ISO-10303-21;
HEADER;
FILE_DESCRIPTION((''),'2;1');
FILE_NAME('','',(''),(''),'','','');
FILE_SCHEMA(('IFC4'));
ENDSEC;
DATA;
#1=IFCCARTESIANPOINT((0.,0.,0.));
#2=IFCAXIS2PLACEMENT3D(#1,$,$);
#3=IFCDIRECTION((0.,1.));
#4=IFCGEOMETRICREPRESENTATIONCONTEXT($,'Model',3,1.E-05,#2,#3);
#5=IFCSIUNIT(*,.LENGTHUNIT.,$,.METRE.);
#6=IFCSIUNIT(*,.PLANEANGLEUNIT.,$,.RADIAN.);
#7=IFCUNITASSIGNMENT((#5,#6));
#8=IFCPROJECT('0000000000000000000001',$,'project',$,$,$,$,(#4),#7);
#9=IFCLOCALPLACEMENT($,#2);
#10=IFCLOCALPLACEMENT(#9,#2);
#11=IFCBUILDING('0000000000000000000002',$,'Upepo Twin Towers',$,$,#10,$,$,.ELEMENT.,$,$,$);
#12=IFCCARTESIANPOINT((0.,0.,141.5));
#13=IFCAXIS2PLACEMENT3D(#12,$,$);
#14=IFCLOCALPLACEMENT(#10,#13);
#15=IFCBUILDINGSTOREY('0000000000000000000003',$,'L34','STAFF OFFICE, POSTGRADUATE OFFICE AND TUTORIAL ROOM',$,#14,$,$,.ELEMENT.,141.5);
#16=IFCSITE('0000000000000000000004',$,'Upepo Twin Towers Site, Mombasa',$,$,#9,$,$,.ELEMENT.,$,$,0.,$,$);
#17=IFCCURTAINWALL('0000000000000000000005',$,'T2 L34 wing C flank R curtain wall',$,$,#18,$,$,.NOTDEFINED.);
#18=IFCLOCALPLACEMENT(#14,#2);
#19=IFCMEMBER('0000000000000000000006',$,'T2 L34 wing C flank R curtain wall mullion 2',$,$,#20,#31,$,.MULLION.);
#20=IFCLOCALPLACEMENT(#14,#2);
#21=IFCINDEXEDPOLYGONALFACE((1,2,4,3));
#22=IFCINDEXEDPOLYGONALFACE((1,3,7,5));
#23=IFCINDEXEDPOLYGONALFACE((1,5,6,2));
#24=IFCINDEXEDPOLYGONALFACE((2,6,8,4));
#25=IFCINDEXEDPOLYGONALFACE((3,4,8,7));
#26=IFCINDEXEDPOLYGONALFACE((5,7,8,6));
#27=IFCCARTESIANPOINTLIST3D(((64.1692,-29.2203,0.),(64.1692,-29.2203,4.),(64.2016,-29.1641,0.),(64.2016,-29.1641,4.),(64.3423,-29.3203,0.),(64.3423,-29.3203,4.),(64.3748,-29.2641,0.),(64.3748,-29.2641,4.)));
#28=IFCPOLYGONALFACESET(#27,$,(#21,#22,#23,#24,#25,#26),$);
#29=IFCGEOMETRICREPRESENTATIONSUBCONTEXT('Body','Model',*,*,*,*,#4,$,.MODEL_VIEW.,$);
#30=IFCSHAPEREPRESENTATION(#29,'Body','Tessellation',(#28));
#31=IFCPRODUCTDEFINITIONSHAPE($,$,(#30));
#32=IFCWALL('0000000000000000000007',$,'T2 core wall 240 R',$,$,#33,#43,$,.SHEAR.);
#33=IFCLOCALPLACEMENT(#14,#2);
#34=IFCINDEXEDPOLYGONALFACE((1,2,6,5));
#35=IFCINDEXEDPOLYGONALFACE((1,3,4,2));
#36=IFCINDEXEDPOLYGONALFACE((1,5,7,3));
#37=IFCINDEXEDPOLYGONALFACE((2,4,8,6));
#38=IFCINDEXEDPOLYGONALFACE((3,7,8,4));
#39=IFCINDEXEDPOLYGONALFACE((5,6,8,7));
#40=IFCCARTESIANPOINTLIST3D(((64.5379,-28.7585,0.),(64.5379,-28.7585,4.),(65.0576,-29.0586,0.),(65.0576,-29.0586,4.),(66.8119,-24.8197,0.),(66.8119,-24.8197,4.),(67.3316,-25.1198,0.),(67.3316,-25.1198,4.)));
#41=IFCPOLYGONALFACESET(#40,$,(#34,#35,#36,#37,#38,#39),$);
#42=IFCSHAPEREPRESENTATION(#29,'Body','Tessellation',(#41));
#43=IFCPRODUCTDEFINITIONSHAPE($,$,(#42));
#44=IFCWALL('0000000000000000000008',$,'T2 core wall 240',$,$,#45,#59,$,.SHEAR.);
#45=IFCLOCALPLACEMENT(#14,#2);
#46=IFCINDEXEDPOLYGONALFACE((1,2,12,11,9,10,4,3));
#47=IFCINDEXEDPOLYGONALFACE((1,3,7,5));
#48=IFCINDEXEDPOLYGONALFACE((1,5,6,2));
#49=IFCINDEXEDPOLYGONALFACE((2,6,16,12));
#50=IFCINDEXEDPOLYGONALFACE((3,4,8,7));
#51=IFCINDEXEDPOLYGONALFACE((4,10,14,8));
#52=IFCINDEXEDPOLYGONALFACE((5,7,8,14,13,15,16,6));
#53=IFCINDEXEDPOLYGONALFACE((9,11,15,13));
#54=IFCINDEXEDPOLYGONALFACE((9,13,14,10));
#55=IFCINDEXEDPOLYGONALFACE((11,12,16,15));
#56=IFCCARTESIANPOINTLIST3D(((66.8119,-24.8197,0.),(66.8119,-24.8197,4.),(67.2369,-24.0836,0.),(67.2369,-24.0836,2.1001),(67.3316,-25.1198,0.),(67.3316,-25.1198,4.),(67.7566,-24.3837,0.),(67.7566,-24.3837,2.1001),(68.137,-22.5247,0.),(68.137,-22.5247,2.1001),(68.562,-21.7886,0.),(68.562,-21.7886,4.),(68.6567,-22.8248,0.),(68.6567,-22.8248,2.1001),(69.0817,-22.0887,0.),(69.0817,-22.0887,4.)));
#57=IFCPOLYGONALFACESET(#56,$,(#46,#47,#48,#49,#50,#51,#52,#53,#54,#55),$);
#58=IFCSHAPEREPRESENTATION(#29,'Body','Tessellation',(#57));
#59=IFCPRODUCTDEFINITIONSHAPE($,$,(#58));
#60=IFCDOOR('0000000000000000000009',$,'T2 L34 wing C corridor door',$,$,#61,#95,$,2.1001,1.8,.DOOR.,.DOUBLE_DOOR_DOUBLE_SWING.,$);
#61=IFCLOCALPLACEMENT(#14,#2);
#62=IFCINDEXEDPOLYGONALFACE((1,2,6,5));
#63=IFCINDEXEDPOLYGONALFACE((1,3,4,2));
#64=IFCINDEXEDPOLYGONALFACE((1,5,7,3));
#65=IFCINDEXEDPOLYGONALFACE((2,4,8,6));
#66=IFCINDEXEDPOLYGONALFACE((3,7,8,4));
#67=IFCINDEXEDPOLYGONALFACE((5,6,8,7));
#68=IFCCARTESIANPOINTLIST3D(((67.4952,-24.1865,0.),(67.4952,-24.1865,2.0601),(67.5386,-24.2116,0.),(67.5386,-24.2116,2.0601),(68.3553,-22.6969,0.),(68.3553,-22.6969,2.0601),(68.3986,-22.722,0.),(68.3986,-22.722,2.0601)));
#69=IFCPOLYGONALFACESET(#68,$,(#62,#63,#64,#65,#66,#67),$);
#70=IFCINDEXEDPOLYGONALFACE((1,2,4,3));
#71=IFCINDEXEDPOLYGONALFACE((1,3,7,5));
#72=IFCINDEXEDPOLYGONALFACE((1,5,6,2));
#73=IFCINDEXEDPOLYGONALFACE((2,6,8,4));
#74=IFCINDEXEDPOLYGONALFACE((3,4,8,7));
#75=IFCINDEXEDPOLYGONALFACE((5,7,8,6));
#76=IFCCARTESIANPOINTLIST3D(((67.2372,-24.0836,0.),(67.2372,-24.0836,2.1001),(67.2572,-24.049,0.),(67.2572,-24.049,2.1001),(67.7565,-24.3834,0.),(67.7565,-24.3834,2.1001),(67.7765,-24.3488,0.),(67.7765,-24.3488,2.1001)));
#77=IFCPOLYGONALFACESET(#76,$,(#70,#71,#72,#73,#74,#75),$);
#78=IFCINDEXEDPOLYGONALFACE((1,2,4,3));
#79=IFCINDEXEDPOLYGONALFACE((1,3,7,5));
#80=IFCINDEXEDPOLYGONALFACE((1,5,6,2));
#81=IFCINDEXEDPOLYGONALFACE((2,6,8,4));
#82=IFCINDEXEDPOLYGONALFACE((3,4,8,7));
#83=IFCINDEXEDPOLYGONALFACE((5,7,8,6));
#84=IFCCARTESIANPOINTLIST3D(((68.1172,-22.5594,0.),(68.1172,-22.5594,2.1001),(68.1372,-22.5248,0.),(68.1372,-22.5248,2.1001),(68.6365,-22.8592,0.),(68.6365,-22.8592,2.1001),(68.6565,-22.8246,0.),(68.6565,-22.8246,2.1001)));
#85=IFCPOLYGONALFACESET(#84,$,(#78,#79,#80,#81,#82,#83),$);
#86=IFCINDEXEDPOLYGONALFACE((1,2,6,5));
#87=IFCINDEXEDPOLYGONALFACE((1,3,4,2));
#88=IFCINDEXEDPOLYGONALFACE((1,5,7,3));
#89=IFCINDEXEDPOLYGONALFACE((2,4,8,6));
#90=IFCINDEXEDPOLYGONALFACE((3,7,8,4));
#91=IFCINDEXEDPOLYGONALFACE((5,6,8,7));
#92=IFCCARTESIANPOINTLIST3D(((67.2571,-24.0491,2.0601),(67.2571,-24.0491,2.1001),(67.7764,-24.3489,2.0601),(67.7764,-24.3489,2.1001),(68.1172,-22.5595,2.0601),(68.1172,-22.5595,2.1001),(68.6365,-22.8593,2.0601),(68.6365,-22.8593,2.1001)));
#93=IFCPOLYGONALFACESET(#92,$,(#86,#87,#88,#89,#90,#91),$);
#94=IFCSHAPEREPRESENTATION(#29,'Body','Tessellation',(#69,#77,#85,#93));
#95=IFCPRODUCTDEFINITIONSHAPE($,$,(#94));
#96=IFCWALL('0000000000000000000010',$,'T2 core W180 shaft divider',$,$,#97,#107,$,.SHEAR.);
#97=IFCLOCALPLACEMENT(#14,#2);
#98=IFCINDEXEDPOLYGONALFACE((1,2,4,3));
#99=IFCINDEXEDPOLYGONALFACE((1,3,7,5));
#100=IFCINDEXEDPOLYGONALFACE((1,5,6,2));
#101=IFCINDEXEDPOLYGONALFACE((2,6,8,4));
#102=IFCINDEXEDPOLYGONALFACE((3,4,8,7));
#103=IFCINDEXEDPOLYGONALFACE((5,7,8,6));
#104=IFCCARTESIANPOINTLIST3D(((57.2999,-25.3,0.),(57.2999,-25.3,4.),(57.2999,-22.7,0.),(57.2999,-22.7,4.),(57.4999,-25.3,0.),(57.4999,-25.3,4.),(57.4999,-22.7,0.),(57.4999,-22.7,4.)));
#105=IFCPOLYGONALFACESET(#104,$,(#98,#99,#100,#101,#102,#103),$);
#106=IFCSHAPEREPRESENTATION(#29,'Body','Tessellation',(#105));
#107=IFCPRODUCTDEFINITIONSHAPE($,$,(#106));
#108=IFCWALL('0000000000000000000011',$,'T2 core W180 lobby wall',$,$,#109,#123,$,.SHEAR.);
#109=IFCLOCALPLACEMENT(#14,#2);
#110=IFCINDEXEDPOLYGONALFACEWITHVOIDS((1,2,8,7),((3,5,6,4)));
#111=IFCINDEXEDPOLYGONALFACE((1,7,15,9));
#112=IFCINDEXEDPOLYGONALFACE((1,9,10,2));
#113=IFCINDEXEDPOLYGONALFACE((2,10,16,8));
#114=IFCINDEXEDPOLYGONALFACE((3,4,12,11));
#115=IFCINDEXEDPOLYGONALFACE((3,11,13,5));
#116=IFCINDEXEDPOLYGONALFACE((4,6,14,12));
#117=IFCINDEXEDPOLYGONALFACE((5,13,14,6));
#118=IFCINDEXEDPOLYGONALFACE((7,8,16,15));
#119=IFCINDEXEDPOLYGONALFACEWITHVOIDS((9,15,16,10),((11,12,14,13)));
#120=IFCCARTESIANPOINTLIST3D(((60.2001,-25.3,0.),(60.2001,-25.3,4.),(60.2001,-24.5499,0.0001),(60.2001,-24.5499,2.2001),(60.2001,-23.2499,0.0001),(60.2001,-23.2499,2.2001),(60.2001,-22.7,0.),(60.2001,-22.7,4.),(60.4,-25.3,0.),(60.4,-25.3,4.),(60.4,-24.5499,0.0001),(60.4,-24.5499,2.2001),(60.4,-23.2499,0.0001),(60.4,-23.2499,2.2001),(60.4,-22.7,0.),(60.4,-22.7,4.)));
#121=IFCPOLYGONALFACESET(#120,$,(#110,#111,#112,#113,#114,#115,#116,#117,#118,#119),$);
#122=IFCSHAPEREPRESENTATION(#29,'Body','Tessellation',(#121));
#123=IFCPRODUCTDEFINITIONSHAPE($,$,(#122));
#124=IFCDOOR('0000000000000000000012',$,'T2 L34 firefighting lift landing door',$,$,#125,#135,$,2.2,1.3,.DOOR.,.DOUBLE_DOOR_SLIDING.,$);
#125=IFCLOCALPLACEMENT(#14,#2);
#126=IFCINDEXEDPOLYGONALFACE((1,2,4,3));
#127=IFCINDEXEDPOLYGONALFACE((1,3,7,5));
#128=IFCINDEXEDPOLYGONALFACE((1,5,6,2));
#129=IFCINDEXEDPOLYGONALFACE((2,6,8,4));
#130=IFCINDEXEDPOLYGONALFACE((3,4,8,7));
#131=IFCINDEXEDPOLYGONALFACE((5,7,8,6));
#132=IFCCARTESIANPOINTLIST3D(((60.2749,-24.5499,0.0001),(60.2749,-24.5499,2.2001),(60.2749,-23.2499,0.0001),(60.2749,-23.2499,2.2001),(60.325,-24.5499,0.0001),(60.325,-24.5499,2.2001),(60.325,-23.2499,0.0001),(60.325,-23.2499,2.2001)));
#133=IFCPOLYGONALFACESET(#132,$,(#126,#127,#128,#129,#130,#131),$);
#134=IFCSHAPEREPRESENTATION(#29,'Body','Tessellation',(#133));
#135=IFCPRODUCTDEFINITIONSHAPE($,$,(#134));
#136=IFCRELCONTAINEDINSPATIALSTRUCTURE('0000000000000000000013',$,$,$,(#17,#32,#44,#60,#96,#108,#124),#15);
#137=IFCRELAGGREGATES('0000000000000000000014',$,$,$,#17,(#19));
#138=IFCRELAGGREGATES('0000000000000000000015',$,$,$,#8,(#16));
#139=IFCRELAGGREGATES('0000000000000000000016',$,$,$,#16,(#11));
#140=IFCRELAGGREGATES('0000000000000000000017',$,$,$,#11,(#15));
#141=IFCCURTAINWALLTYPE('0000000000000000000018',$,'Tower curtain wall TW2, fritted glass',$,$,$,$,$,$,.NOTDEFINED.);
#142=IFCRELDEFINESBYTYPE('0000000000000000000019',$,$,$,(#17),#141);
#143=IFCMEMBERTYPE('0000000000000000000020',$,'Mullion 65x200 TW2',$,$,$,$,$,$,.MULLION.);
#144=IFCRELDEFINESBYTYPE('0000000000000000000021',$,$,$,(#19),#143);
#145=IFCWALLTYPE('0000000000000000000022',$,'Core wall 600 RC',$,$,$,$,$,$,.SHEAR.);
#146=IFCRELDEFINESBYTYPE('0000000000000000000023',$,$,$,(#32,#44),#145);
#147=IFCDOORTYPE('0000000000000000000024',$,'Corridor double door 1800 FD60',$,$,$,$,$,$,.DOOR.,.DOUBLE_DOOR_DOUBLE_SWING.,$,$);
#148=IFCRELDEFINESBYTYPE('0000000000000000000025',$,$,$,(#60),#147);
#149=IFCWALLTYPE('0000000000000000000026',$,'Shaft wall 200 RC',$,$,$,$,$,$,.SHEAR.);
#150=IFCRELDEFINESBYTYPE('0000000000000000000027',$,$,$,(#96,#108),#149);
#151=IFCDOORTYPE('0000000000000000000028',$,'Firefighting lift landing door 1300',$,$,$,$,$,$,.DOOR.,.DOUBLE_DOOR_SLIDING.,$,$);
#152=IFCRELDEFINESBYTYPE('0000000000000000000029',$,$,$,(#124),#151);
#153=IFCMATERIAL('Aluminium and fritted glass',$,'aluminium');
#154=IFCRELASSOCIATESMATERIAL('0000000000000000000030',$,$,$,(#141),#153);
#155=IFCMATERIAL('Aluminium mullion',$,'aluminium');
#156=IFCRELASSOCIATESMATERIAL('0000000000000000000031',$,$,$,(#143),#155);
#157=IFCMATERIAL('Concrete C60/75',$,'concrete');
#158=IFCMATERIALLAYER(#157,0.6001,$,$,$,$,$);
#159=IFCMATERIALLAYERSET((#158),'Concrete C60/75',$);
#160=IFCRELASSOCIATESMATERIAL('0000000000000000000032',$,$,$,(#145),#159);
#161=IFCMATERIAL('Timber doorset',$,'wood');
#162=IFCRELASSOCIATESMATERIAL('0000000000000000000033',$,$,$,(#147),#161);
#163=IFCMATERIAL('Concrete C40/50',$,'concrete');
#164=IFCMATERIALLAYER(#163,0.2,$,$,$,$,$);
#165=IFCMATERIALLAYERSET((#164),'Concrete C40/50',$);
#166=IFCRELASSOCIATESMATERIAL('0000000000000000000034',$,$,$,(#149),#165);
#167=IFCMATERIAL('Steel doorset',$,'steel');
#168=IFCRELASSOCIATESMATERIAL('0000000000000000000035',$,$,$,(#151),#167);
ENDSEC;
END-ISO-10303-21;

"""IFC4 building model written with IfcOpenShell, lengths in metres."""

from ifc_helpers import new_model, si_unit, direction, frame, frame_2d, origin, origin_2d, place, context, subcontext, project, spatial, rectangle, extrude, material, layer, layer_set, material_profile, profile_set, type_object, element, fill, aggregate, save


model = new_model("IFC4")

# Units and contexts
model_context = context("Model", 3, precision=1e-05, world=origin(), true_north=direction((0.0, 1.0)))
body_context = subcontext(model_context, "Body", "Model", "MODEL_VIEW")
ifc_project = project(units=[si_unit("LENGTHUNIT", "METRE"), si_unit("PLANEANGLEUNIT", "RADIAN")], contexts=[model_context])

# Site, building, storey
site_placement = place(None, origin())
site = spatial("IfcSite", under=ifc_project, at=site_placement, Name="Upepo Twin Towers Site, Mombasa", CompositionType="ELEMENT", RefElevation=0.0)
building_placement = place(site_placement, origin())
building = spatial("IfcBuilding", under=site, at=building_placement, Name="Upepo Twin Towers", CompositionType="ELEMENT")
storey_placement = place(building_placement, frame((0.0, 0.0, 141.5)))
storey = spatial("IfcBuildingStorey", under=building, at=storey_placement, Name="L34", Description="STAFF OFFICE, POSTGRADUATE OFFICE AND TUTORIAL ROOM", CompositionType="ELEMENT", Elevation=141.5)

# Curtain wall, member
ifc_material_1 = material(Name="Aluminium and fritted glass", Category="aluminium")
curtain_wall_type = type_object("IfcCurtainWallType", Name="Tower curtain wall TW2, fritted glass", PredefinedType="NOTDEFINED", material=ifc_material_1)
curtain_wall_placement = place(storey_placement, origin())
curtain_wall = element("IfcCurtainWall", 1, at=curtain_wall_placement, inside=storey, type_object=curtain_wall_type, Name="T2 L34 wing C flank R curtain wall", PredefinedType="NOTDEFINED")
ifc_material_2 = material(Name="Aluminium mullion", Category="aluminium")
ifc_material_profile = material_profile(ifc_material_2, rectangle(XDim=0.0649, YDim=0.2, at=origin_2d()), Name="MULLION 65x200")
ifc_profile_set = profile_set([ifc_material_profile], Name="Aluminium mullion")
member_type = type_object("IfcMemberType", Name="Mullion 65x200 TW2", PredefinedType="MULLION", material=ifc_profile_set)
member_placement = place(storey_placement, frame((64.272, -29.2422, 0.0), z_axis=(0.0, 0.0, 1.0), x_axis=(-0.5, -0.866025, 0.0)))
member = element("IfcMember", 2, at=member_placement, type_object=member_type, Name="T2 L34 wing C flank R curtain wall mullion 2", PredefinedType="MULLION", context=body_context, shape_type="SweptSolid", body=[
    extrude(rectangle(XDim=0.0649, YDim=0.2, at=origin_2d()), origin(), (0.0, 0.0, 1.0), 4.0),
])
aggregate(curtain_wall, [member])

# Wall
ifc_material_3 = material(Name="Concrete C60/75", Category="concrete")
ifc_layer_1 = layer(ifc_material_3, 0.6001)
ifc_layer_set_1 = layer_set([ifc_layer_1], Name="Concrete C60/75")
wall_type_1 = type_object("IfcWallType", Name="Core wall 600 RC", PredefinedType="SHEAR", material=ifc_layer_set_1)
wall_1_placement = place(storey_placement, frame((64.7979, -28.9084, 0.0), z_axis=(0.0, 0.0, 1.0), x_axis=(0.499984, 0.866035, 0.0)))
element("IfcWall", 3, at=wall_1_placement, inside=storey, type_object=wall_type_1, Name="T2 core wall 240 R", PredefinedType="SHEAR", context=body_context, shape_type="SweptSolid", body=[
    extrude(rectangle(XDim=4.5481, YDim=0.6001, at=frame_2d((2.2739, 0.0))), origin(), (0.0, 0.0, 1.0), 4.0),
])

# Wall, opening, door
wall_2_placement = place(storey_placement, frame((67.0718, -24.9697, 0.0), z_axis=(0.0, 0.0, 1.0), x_axis=(0.50001, 0.866019, 0.0)))
wall_2 = element("IfcWall", 4, at=wall_2_placement, inside=storey, type_object=wall_type_1, Name="T2 core wall 240", PredefinedType="SHEAR", context=body_context, shape_type="SweptSolid", body=[
    extrude(rectangle(XDim=3.5, YDim=0.6001, at=frame_2d((1.75, 0.0))), origin(), (0.0, 0.0, 1.0), 4.0),
])
opening_1_placement = place(wall_2_placement, frame((0.8501, 0.0, 0.0)))
opening_1 = element("IfcOpeningElement", 5, at=opening_1_placement, cuts=wall_2, PredefinedType="OPENING", context=body_context, shape_type="SweptSolid", body=[
    extrude(rectangle(XDim=1.8, YDim=2.1001, at=frame_2d((0.8999, 1.05))), frame((0.0, 0.3101, 0.0), z_axis=(0.0, -1.0, 0.0), x_axis=(1.0, 0.0, 0.0)), (0.0, 0.0, 1.0), 0.6201),
])
ifc_material_4 = material(Name="Timber doorset", Category="wood")
door_type_1 = type_object("IfcDoorType", Name="Corridor double door 1800 FD60", OperationType="DOUBLE_DOOR_DOUBLE_SWING", PredefinedType="DOOR", material=ifc_material_4)
door_1_placement = place(opening_1_placement, origin())
door_1 = element("IfcDoor", 6, at=door_1_placement, inside=storey, type_object=door_type_1, Name="T2 L34 wing C corridor door", OperationType="DOUBLE_DOOR_DOUBLE_SWING", OverallHeight=2.1001, OverallWidth=1.8, PredefinedType="DOOR", context=body_context, shape_type="SweptSolid", body=[
    extrude(rectangle(XDim=1.72, YDim=2.0601, at=frame_2d((0.8999, 1.03))), frame((0.0, 0.0249, 0.0), z_axis=(0.0, -1.0, 0.0), x_axis=(1.0, 0.0, 0.0)), (0.0, 0.0, 1.0), 0.05),
    extrude(rectangle(XDim=0.04, YDim=2.1001, at=frame_2d((0.02, 1.05))), frame((0.0, 0.2998, 0.0), z_axis=(0.0, -1.0, 0.0), x_axis=(1.0, 0.0, 0.0)), (0.0, 0.0, 1.0), 0.5996),
    extrude(rectangle(XDim=0.04, YDim=2.1001, at=frame_2d((1.78, 1.05))), frame((0.0, 0.2998, 0.0), z_axis=(0.0, -1.0, 0.0), x_axis=(1.0, 0.0, 0.0)), (0.0, 0.0, 1.0), 0.5996),
    extrude(rectangle(XDim=1.72, YDim=0.04, at=frame_2d((0.8999, 2.0801))), frame((0.0, 0.2998, 0.0), z_axis=(0.0, -1.0, 0.0), x_axis=(1.0, 0.0, 0.0)), (0.0, 0.0, 1.0), 0.5996),
])
fill(opening_1, door_1)

# Wall
ifc_material_5 = material(Name="Concrete C40/50", Category="concrete")
ifc_layer_2 = layer(ifc_material_5, 0.2)
ifc_layer_set_2 = layer_set([ifc_layer_2], Name="Concrete C40/50")
wall_type_2 = type_object("IfcWallType", Name="Shaft wall 200 RC", PredefinedType="SHEAR", material=ifc_layer_set_2)
wall_3_placement = place(storey_placement, frame((57.3999, -22.7, 0.0), z_axis=(0.0, 0.0, 1.0), x_axis=(0.0, -1.0, 0.0)))
element("IfcWall", 7, at=wall_3_placement, inside=storey, type_object=wall_type_2, Name="T2 core W180 shaft divider", PredefinedType="SHEAR", context=body_context, shape_type="SweptSolid", body=[
    extrude(rectangle(XDim=2.6001, YDim=0.2, at=frame_2d((1.3, 0.0))), origin(), (0.0, 0.0, 1.0), 4.0),
])

# Wall, opening, door
wall_4_placement = place(storey_placement, frame((60.3, -22.7, 0.0), z_axis=(0.0, 0.0, 1.0), x_axis=(0.0, -1.0, 0.0)))
wall_4 = element("IfcWall", 8, at=wall_4_placement, inside=storey, type_object=wall_type_2, Name="T2 core W180 lobby wall", PredefinedType="SHEAR", context=body_context, shape_type="SweptSolid", body=[
    extrude(rectangle(XDim=2.6001, YDim=0.2, at=frame_2d((1.3, 0.0))), origin(), (0.0, 0.0, 1.0), 4.0),
])
opening_2_placement = place(wall_4_placement, frame((0.55, 0.0, 0.0)))
opening_2 = element("IfcOpeningElement", 9, at=opening_2_placement, cuts=wall_4, PredefinedType="OPENING", context=body_context, shape_type="SweptSolid", body=[
    extrude(rectangle(XDim=1.3, YDim=2.2, at=frame_2d((0.6499, 1.1001))), frame((0.0, 0.1099, 0.0), z_axis=(0.0, -1.0, 0.0), x_axis=(1.0, 0.0, 0.0)), (0.0, 0.0, 1.0), 0.22),
])
ifc_material_6 = material(Name="Steel doorset", Category="steel")
door_type_2 = type_object("IfcDoorType", Name="Firefighting lift landing door 1300", OperationType="DOUBLE_DOOR_SLIDING", PredefinedType="DOOR", material=ifc_material_6)
door_2_placement = place(opening_2_placement, origin())
door_2 = element("IfcDoor", 10, at=door_2_placement, inside=storey, type_object=door_type_2, Name="T2 L34 firefighting lift landing door", OperationType="DOUBLE_DOOR_SLIDING", OverallHeight=2.2, OverallWidth=1.3, PredefinedType="DOOR", context=body_context, shape_type="SweptSolid", body=[
    extrude(rectangle(XDim=1.3, YDim=2.2, at=frame_2d((0.6499, 1.1001))), frame((0.0, 0.0249, 0.0), z_axis=(0.0, -1.0, 0.0), x_axis=(1.0, 0.0, 0.0)), (0.0, 0.0, 1.0), 0.05),
])
fill(opening_2, door_2)

save(model, "model.ifc")
